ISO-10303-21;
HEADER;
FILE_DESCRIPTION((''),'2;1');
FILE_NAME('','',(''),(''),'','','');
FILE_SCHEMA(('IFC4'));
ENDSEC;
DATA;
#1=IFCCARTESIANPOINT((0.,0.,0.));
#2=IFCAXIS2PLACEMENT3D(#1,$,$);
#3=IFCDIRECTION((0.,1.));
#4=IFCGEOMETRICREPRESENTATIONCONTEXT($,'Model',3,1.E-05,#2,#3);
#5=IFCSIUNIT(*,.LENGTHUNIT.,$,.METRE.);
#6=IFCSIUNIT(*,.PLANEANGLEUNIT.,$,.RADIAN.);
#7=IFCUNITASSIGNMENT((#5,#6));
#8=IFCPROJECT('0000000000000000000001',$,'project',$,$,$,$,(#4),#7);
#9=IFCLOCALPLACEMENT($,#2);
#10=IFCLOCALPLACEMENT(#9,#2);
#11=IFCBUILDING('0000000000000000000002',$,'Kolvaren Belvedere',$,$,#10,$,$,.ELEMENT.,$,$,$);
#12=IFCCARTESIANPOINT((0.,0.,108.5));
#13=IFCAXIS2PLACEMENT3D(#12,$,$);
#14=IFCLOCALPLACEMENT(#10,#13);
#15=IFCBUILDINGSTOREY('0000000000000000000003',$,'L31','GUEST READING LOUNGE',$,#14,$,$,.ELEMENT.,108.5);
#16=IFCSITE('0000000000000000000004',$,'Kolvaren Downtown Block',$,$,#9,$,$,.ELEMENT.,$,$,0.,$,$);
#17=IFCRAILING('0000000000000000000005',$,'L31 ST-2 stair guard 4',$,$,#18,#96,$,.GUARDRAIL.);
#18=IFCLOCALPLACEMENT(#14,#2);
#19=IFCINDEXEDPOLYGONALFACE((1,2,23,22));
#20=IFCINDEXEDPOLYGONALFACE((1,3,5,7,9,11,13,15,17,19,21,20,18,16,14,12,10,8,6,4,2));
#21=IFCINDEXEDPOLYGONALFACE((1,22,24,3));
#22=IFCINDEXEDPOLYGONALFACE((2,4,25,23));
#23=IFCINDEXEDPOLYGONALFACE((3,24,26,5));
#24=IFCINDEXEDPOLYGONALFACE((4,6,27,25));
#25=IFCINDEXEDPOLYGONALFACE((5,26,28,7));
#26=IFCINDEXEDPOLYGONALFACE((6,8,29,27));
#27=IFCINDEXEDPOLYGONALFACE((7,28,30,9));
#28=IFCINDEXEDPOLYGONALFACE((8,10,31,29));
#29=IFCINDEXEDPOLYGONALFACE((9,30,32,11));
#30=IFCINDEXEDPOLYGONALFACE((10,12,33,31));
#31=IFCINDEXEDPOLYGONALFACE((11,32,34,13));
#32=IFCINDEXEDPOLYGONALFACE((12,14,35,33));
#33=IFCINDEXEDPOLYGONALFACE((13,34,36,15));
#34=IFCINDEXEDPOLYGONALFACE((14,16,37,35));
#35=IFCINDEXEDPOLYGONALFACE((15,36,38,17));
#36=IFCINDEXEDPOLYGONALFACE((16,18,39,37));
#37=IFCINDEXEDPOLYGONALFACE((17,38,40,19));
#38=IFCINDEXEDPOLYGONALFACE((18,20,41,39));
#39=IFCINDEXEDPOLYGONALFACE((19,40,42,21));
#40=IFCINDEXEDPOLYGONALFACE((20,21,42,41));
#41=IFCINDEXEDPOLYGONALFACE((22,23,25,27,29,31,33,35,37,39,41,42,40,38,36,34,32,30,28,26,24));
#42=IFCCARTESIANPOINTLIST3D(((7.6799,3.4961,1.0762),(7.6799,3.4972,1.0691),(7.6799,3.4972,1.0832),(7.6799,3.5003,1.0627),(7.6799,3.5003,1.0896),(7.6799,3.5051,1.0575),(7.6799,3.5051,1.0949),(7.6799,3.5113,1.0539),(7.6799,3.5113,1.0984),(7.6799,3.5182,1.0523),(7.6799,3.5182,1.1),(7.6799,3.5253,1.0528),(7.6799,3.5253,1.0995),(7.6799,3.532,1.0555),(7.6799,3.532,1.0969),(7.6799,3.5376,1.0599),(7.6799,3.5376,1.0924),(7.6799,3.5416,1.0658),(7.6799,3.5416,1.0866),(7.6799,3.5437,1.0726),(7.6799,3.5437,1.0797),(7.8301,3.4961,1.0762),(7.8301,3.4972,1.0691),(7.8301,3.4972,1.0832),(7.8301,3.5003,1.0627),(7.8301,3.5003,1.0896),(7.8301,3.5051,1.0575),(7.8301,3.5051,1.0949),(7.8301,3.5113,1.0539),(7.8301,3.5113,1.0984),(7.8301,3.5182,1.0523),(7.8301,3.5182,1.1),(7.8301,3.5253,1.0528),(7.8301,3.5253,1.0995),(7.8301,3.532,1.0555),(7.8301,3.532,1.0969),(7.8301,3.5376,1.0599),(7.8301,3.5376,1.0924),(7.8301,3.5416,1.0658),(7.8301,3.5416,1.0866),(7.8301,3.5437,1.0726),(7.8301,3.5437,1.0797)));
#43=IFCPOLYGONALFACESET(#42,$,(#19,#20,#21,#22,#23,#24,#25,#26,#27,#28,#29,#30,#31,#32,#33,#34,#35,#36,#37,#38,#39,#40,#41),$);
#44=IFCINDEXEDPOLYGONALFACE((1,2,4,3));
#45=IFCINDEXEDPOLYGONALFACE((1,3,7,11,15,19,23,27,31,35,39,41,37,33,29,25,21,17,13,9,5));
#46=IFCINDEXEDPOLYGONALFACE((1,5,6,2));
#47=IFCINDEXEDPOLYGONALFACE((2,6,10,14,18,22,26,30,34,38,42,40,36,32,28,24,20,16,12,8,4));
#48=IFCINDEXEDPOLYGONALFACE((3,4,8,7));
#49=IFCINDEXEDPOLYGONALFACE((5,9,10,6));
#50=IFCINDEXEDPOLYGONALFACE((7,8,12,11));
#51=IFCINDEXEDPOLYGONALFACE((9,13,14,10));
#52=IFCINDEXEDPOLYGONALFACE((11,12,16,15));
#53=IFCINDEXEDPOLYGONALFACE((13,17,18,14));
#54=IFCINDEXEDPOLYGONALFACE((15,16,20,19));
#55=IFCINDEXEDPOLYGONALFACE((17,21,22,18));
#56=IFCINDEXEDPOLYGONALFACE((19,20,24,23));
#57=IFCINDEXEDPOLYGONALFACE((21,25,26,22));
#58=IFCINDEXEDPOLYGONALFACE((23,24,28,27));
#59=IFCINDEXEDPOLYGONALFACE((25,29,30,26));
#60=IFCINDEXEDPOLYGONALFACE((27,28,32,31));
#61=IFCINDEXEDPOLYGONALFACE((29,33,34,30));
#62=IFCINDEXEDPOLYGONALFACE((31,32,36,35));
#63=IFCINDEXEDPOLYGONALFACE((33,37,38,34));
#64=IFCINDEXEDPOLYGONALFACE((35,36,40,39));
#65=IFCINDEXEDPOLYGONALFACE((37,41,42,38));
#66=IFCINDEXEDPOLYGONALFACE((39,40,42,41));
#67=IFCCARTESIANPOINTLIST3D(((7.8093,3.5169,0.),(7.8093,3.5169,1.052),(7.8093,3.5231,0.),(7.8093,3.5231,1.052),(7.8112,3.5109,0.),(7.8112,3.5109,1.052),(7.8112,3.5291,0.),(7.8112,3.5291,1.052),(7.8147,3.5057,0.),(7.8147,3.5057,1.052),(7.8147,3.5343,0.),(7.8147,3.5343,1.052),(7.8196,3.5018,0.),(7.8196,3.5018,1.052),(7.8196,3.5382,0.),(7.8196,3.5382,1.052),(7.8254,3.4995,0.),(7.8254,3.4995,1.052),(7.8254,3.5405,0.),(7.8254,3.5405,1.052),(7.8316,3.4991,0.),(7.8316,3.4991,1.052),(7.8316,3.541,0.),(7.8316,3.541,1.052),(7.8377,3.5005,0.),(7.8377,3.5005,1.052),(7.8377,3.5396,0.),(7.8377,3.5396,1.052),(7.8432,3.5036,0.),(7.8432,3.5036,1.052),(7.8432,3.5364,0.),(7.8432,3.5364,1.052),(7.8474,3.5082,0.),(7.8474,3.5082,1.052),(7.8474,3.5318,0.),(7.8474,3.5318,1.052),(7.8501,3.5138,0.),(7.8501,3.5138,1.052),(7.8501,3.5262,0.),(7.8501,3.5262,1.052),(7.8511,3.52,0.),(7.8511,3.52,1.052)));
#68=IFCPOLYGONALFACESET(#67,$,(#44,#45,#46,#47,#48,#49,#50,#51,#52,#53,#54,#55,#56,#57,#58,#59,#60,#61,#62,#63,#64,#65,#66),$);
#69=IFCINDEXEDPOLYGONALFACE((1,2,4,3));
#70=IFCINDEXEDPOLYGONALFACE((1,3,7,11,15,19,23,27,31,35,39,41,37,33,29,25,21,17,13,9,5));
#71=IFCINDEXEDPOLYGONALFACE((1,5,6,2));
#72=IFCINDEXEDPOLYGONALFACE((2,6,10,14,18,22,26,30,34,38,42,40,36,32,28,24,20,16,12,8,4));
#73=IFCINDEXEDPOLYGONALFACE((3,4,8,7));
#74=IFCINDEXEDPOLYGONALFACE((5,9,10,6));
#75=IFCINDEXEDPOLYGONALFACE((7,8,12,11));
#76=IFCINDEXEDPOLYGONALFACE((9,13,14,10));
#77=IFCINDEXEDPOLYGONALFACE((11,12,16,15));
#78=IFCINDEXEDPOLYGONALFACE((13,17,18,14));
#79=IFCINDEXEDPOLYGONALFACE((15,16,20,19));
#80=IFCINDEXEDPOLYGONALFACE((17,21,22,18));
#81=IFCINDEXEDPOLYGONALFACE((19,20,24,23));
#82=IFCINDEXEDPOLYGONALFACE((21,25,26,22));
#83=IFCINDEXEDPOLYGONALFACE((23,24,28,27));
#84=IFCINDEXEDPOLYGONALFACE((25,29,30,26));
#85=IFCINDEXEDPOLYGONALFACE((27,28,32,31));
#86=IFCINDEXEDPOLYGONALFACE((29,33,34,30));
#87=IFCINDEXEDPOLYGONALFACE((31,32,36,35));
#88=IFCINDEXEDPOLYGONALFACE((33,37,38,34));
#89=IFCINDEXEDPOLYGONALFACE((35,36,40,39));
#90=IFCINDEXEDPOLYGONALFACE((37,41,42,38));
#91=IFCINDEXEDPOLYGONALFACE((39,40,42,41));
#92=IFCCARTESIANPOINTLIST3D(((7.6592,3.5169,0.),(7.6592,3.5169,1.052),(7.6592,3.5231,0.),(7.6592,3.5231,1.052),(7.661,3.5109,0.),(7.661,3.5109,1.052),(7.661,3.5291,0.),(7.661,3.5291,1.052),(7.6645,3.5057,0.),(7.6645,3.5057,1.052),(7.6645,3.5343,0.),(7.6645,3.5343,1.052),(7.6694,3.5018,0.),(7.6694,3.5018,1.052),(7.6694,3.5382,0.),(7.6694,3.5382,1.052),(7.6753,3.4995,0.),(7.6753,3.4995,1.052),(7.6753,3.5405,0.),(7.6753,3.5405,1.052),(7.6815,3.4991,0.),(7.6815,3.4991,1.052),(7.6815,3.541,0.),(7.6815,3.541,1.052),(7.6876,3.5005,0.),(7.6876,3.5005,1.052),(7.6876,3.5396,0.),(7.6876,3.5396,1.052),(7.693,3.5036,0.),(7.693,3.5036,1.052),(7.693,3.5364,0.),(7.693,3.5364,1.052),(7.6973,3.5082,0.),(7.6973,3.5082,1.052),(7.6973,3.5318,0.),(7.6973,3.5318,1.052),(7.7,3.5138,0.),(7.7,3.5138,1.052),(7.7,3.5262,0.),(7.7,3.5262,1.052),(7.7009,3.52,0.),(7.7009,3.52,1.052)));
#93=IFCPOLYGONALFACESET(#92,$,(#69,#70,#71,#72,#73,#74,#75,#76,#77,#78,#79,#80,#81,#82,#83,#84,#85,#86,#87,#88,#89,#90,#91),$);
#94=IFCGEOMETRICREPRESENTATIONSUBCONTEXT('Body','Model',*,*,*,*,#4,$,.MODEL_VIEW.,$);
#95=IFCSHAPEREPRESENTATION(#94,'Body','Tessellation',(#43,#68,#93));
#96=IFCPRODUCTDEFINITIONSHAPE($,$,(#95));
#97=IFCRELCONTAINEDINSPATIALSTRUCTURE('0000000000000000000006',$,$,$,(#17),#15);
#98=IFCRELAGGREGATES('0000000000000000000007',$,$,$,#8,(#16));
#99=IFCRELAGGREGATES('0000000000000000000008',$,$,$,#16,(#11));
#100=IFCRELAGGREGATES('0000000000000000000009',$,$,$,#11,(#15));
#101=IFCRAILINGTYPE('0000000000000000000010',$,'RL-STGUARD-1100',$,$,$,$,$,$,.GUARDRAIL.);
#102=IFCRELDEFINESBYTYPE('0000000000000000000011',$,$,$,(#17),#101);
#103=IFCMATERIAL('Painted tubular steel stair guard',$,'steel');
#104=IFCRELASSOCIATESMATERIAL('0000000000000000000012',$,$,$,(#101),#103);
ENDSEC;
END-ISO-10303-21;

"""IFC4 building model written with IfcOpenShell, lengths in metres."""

from ifc_helpers import new_model, si_unit, direction, frame, origin, origin_2d, place, context, subcontext, project, spatial, circle, extrude, material, type_object, element, save


model = new_model("IFC4")

# Units and contexts
model_context = context("Model", 3, precision=1e-05, world=origin(), true_north=direction((0.0, 1.0)))
body_context = subcontext(model_context, "Body", "Model", "MODEL_VIEW")
ifc_project = project(units=[si_unit("LENGTHUNIT", "METRE"), si_unit("PLANEANGLEUNIT", "RADIAN")], contexts=[model_context])

# Site, building, storey
site_placement = place(None, origin())
site = spatial("IfcSite", under=ifc_project, at=site_placement, Name="Kolvaren Downtown Block", CompositionType="ELEMENT", RefElevation=0.0)
building_placement = place(site_placement, origin())
building = spatial("IfcBuilding", under=site, at=building_placement, Name="Kolvaren Belvedere", CompositionType="ELEMENT")
storey_placement = place(building_placement, frame((0.0, 0.0, 108.5)))
storey = spatial("IfcBuildingStorey", under=building, at=storey_placement, Name="L31", Description="GUEST READING LOUNGE", CompositionType="ELEMENT", Elevation=108.5)

# Railing
ifc_material_1 = material(Name="Painted tubular steel stair guard", Category="steel")
railing_type_1 = type_object("IfcRailingType", Name="RL-STGUARD-1100", PredefinedType="GUARDRAIL", material=ifc_material_1)
railing_1_placement = place(storey_placement, frame((7.8301, 3.52, 0.0)))
element("IfcRailing", 1, at=railing_1_placement, inside=storey, type_object=railing_type_1, Name="L31 ST-2 stair guard 4", PredefinedType="GUARDRAIL", context=body_context, shape_type="SweptSolid", body=[
    extrude(circle(Radius=0.0239, at=origin_2d()), frame((0.0, 0.0, 1.0762), z_axis=(-1.0, 0.0, 0.0), x_axis=(0.0, -1.0, 0.0)), (0.0, 0.0, 1.0), 0.1501),
    extrude(circle(Radius=0.021, at=origin_2d()), origin(), (0.0, 0.0, 1.0), 1.052),
    extrude(circle(Radius=0.021, at=origin_2d()), frame((-0.1501, 0.0, 0.0)), (0.0, 0.0, 1.0), 1.052),
])

save(model, "model.ifc")
